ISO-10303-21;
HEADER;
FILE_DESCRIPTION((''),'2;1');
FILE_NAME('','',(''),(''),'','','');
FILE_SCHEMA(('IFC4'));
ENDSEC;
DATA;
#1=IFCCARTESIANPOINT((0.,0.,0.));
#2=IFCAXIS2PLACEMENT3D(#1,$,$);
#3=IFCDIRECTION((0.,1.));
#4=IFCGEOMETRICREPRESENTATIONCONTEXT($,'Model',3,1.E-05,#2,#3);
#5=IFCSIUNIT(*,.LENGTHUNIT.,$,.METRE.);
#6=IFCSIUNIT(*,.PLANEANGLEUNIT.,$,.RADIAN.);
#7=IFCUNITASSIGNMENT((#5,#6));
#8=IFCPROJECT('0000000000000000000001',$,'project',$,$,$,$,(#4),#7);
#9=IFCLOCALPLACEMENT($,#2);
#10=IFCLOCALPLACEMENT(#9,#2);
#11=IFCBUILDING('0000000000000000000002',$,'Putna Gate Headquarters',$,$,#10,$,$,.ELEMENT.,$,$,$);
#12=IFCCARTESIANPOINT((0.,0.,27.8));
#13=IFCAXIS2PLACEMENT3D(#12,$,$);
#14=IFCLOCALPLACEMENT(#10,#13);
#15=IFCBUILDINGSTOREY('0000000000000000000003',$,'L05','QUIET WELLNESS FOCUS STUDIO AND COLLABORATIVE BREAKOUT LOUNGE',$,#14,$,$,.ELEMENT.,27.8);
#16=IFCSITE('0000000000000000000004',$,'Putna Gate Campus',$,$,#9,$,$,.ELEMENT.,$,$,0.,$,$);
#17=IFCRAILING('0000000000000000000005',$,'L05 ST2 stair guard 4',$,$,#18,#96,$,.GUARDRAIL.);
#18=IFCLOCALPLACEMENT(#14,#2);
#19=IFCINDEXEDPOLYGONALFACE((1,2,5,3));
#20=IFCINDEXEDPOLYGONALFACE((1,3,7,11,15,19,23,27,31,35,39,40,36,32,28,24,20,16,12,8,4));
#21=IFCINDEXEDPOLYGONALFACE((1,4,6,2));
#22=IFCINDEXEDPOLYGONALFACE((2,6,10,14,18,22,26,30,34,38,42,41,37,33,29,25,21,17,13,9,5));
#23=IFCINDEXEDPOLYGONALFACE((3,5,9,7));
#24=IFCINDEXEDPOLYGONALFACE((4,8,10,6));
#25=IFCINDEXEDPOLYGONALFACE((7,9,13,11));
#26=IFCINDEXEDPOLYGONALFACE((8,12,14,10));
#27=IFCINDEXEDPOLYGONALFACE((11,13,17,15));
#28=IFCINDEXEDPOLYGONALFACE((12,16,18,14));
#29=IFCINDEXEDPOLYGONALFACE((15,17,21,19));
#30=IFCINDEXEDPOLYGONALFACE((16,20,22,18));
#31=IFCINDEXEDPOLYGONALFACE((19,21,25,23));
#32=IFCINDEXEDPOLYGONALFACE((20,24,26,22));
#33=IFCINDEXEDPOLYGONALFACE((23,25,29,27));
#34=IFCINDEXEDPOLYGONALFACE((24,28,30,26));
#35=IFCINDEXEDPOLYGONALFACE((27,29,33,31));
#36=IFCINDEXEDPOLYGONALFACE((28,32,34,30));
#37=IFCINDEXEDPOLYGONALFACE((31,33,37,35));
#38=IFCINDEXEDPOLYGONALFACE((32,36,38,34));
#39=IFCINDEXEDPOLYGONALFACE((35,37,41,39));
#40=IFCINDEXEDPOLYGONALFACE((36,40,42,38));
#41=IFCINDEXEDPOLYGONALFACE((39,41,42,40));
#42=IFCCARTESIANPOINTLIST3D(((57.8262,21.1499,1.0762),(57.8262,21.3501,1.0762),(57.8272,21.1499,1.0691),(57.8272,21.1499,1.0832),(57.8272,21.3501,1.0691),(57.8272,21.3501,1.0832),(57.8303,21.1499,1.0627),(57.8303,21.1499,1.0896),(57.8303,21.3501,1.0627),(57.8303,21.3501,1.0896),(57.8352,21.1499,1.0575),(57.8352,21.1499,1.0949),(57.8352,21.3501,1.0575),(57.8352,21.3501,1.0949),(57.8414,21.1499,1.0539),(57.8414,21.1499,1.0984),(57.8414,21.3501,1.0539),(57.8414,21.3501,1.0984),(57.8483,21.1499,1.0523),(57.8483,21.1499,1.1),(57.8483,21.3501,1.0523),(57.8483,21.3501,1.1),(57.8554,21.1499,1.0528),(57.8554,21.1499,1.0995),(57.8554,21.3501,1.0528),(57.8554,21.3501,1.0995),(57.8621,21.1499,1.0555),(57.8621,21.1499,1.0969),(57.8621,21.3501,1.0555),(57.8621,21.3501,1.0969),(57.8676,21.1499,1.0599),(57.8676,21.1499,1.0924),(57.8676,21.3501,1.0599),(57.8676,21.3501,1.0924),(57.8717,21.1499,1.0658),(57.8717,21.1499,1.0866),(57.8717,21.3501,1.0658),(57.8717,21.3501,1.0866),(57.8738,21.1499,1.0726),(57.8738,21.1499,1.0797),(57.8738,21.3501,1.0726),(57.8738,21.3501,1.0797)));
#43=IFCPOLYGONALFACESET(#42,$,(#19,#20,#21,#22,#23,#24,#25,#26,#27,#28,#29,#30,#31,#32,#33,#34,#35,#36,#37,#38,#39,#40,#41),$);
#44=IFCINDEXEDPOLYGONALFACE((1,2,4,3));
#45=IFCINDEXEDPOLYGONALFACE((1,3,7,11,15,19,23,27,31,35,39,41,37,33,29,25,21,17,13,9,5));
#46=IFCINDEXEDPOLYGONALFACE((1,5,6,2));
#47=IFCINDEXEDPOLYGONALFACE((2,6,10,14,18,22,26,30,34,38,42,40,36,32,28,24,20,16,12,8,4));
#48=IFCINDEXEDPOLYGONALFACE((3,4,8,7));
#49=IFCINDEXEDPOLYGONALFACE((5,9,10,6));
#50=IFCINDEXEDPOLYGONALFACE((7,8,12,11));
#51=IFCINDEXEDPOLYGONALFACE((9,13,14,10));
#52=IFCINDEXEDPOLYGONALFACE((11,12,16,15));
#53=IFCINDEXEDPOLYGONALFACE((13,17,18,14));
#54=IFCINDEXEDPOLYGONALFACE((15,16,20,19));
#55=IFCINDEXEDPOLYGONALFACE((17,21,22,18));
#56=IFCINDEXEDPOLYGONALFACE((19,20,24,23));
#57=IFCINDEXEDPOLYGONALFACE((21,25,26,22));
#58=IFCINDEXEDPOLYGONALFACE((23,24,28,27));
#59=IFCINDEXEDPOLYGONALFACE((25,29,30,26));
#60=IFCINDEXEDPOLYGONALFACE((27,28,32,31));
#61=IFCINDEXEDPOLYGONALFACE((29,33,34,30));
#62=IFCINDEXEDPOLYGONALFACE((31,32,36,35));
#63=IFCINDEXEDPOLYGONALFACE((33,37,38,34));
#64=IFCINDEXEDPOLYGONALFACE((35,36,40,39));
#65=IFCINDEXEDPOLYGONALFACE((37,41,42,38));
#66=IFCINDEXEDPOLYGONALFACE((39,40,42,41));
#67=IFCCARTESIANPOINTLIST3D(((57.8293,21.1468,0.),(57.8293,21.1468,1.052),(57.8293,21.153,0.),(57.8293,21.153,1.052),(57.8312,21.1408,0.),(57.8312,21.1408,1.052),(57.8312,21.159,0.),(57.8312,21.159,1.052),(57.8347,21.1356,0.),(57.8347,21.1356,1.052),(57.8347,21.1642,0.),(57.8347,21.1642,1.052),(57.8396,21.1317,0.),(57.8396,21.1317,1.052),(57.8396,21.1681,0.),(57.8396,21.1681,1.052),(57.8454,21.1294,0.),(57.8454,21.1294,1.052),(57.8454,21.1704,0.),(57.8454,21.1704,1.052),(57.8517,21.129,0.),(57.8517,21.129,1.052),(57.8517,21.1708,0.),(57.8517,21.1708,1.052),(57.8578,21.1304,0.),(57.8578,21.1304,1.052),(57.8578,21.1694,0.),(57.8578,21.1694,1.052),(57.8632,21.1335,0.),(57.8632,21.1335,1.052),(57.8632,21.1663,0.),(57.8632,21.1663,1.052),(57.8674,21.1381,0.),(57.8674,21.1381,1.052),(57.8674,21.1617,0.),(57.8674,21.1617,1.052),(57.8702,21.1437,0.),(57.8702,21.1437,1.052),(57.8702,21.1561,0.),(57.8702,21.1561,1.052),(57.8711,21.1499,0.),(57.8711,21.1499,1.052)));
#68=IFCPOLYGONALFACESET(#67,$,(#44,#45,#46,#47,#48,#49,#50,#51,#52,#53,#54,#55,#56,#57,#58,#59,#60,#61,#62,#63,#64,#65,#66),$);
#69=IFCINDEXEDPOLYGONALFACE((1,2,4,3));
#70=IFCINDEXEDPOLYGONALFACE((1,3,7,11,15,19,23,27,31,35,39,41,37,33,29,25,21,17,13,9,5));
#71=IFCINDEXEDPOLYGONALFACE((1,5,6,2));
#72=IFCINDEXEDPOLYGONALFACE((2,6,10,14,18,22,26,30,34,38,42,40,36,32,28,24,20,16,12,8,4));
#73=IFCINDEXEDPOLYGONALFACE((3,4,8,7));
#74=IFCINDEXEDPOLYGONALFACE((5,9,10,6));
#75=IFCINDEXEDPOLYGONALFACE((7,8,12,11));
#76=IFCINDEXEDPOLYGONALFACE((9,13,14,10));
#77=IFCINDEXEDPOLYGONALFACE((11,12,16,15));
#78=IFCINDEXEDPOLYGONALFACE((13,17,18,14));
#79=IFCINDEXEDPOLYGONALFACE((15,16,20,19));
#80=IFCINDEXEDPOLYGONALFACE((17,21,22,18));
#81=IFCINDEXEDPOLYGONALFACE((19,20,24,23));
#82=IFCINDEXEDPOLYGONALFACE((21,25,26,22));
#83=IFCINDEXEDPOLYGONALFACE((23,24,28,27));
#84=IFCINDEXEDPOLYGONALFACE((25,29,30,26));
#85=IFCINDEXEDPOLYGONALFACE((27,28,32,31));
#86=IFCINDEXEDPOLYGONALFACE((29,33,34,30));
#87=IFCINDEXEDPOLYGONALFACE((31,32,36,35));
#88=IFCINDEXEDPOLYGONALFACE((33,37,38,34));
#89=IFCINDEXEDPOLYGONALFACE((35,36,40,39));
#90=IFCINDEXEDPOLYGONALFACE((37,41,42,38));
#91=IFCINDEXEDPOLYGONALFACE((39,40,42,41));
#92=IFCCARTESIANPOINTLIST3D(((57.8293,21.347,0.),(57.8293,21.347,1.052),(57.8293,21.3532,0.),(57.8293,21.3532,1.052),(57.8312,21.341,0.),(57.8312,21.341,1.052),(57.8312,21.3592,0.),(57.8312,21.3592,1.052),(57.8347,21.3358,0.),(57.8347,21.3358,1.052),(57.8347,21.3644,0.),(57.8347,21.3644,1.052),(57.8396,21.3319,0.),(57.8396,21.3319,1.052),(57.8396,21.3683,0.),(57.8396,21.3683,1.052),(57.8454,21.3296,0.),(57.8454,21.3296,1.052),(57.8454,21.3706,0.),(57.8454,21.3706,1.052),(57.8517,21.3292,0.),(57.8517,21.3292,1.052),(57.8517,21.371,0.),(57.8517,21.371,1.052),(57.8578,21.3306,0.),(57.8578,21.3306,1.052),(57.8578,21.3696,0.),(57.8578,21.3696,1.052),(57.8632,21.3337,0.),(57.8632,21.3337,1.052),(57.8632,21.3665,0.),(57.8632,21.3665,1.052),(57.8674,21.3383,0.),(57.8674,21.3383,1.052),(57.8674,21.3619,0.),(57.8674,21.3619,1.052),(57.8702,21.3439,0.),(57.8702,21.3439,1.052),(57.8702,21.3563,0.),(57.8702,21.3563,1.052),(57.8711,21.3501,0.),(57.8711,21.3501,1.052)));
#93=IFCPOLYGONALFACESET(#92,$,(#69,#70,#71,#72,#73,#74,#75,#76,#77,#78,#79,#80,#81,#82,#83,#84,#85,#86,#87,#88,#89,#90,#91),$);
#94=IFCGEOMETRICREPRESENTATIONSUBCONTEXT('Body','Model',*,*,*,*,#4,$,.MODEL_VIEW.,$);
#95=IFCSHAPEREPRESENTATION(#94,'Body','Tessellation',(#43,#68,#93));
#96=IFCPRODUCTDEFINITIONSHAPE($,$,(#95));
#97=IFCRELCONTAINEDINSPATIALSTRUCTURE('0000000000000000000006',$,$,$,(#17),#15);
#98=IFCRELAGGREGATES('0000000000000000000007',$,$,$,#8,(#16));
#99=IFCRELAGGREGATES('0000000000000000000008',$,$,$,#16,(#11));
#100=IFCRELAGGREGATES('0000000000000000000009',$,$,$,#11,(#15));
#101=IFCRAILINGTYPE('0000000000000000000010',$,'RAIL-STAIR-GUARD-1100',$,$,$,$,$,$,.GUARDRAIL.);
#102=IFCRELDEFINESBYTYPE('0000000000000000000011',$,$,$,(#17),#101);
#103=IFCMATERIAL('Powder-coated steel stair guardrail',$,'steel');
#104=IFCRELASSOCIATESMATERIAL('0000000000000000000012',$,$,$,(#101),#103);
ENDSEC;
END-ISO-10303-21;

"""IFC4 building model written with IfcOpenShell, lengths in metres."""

from ifc_helpers import new_model, si_unit, direction, frame, origin, origin_2d, place, context, subcontext, project, spatial, circle, extrude, material, type_object, element, save


model = new_model("IFC4")

# Units and contexts
model_context = context("Model", 3, precision=1e-05, world=origin(), true_north=direction((0.0, 1.0)))
body_context = subcontext(model_context, "Body", "Model", "MODEL_VIEW")
ifc_project = project(units=[si_unit("LENGTHUNIT", "METRE"), si_unit("PLANEANGLEUNIT", "RADIAN")], contexts=[model_context])

# Site, building, storey
site_placement = place(None, origin())
site = spatial("IfcSite", under=ifc_project, at=site_placement, Name="Putna Gate Campus", CompositionType="ELEMENT", RefElevation=0.0)
building_placement = place(site_placement, origin())
building = spatial("IfcBuilding", under=site, at=building_placement, Name="Putna Gate Headquarters", CompositionType="ELEMENT")
storey_placement = place(building_placement, frame((0.0, 0.0, 27.8)))
storey = spatial("IfcBuildingStorey", under=building, at=storey_placement, Name="L05", Description="QUIET WELLNESS FOCUS STUDIO AND COLLABORATIVE BREAKOUT LOUNGE", CompositionType="ELEMENT", Elevation=27.8)

# Railing
ifc_material_1 = material(Name="Powder-coated steel stair guardrail", Category="steel")
railing_type_1 = type_object("IfcRailingType", Name="RAIL-STAIR-GUARD-1100", PredefinedType="GUARDRAIL", material=ifc_material_1)
railing_1_placement = place(storey_placement, frame((57.8501, 21.1499, 0.0)))
element("IfcRailing", 1, at=railing_1_placement, inside=storey, type_object=railing_type_1, Name="L05 ST2 stair guard 4", PredefinedType="GUARDRAIL", context=body_context, shape_type="SweptSolid", body=[
    extrude(circle(Radius=0.0239, at=origin_2d()), frame((0.0, 0.0, 1.0762), z_axis=(0.0, 1.0, 0.0), x_axis=(-1.0, 0.0, 0.0)), (0.0, 0.0, 1.0), 0.2002),
    extrude(circle(Radius=0.021, at=origin_2d()), origin(), (0.0, 0.0, 1.0), 1.052),
    extrude(circle(Radius=0.021, at=origin_2d()), frame((0.0, 0.2002, 0.0)), (0.0, 0.0, 1.0), 1.052),
])

save(model, "model.ifc")
